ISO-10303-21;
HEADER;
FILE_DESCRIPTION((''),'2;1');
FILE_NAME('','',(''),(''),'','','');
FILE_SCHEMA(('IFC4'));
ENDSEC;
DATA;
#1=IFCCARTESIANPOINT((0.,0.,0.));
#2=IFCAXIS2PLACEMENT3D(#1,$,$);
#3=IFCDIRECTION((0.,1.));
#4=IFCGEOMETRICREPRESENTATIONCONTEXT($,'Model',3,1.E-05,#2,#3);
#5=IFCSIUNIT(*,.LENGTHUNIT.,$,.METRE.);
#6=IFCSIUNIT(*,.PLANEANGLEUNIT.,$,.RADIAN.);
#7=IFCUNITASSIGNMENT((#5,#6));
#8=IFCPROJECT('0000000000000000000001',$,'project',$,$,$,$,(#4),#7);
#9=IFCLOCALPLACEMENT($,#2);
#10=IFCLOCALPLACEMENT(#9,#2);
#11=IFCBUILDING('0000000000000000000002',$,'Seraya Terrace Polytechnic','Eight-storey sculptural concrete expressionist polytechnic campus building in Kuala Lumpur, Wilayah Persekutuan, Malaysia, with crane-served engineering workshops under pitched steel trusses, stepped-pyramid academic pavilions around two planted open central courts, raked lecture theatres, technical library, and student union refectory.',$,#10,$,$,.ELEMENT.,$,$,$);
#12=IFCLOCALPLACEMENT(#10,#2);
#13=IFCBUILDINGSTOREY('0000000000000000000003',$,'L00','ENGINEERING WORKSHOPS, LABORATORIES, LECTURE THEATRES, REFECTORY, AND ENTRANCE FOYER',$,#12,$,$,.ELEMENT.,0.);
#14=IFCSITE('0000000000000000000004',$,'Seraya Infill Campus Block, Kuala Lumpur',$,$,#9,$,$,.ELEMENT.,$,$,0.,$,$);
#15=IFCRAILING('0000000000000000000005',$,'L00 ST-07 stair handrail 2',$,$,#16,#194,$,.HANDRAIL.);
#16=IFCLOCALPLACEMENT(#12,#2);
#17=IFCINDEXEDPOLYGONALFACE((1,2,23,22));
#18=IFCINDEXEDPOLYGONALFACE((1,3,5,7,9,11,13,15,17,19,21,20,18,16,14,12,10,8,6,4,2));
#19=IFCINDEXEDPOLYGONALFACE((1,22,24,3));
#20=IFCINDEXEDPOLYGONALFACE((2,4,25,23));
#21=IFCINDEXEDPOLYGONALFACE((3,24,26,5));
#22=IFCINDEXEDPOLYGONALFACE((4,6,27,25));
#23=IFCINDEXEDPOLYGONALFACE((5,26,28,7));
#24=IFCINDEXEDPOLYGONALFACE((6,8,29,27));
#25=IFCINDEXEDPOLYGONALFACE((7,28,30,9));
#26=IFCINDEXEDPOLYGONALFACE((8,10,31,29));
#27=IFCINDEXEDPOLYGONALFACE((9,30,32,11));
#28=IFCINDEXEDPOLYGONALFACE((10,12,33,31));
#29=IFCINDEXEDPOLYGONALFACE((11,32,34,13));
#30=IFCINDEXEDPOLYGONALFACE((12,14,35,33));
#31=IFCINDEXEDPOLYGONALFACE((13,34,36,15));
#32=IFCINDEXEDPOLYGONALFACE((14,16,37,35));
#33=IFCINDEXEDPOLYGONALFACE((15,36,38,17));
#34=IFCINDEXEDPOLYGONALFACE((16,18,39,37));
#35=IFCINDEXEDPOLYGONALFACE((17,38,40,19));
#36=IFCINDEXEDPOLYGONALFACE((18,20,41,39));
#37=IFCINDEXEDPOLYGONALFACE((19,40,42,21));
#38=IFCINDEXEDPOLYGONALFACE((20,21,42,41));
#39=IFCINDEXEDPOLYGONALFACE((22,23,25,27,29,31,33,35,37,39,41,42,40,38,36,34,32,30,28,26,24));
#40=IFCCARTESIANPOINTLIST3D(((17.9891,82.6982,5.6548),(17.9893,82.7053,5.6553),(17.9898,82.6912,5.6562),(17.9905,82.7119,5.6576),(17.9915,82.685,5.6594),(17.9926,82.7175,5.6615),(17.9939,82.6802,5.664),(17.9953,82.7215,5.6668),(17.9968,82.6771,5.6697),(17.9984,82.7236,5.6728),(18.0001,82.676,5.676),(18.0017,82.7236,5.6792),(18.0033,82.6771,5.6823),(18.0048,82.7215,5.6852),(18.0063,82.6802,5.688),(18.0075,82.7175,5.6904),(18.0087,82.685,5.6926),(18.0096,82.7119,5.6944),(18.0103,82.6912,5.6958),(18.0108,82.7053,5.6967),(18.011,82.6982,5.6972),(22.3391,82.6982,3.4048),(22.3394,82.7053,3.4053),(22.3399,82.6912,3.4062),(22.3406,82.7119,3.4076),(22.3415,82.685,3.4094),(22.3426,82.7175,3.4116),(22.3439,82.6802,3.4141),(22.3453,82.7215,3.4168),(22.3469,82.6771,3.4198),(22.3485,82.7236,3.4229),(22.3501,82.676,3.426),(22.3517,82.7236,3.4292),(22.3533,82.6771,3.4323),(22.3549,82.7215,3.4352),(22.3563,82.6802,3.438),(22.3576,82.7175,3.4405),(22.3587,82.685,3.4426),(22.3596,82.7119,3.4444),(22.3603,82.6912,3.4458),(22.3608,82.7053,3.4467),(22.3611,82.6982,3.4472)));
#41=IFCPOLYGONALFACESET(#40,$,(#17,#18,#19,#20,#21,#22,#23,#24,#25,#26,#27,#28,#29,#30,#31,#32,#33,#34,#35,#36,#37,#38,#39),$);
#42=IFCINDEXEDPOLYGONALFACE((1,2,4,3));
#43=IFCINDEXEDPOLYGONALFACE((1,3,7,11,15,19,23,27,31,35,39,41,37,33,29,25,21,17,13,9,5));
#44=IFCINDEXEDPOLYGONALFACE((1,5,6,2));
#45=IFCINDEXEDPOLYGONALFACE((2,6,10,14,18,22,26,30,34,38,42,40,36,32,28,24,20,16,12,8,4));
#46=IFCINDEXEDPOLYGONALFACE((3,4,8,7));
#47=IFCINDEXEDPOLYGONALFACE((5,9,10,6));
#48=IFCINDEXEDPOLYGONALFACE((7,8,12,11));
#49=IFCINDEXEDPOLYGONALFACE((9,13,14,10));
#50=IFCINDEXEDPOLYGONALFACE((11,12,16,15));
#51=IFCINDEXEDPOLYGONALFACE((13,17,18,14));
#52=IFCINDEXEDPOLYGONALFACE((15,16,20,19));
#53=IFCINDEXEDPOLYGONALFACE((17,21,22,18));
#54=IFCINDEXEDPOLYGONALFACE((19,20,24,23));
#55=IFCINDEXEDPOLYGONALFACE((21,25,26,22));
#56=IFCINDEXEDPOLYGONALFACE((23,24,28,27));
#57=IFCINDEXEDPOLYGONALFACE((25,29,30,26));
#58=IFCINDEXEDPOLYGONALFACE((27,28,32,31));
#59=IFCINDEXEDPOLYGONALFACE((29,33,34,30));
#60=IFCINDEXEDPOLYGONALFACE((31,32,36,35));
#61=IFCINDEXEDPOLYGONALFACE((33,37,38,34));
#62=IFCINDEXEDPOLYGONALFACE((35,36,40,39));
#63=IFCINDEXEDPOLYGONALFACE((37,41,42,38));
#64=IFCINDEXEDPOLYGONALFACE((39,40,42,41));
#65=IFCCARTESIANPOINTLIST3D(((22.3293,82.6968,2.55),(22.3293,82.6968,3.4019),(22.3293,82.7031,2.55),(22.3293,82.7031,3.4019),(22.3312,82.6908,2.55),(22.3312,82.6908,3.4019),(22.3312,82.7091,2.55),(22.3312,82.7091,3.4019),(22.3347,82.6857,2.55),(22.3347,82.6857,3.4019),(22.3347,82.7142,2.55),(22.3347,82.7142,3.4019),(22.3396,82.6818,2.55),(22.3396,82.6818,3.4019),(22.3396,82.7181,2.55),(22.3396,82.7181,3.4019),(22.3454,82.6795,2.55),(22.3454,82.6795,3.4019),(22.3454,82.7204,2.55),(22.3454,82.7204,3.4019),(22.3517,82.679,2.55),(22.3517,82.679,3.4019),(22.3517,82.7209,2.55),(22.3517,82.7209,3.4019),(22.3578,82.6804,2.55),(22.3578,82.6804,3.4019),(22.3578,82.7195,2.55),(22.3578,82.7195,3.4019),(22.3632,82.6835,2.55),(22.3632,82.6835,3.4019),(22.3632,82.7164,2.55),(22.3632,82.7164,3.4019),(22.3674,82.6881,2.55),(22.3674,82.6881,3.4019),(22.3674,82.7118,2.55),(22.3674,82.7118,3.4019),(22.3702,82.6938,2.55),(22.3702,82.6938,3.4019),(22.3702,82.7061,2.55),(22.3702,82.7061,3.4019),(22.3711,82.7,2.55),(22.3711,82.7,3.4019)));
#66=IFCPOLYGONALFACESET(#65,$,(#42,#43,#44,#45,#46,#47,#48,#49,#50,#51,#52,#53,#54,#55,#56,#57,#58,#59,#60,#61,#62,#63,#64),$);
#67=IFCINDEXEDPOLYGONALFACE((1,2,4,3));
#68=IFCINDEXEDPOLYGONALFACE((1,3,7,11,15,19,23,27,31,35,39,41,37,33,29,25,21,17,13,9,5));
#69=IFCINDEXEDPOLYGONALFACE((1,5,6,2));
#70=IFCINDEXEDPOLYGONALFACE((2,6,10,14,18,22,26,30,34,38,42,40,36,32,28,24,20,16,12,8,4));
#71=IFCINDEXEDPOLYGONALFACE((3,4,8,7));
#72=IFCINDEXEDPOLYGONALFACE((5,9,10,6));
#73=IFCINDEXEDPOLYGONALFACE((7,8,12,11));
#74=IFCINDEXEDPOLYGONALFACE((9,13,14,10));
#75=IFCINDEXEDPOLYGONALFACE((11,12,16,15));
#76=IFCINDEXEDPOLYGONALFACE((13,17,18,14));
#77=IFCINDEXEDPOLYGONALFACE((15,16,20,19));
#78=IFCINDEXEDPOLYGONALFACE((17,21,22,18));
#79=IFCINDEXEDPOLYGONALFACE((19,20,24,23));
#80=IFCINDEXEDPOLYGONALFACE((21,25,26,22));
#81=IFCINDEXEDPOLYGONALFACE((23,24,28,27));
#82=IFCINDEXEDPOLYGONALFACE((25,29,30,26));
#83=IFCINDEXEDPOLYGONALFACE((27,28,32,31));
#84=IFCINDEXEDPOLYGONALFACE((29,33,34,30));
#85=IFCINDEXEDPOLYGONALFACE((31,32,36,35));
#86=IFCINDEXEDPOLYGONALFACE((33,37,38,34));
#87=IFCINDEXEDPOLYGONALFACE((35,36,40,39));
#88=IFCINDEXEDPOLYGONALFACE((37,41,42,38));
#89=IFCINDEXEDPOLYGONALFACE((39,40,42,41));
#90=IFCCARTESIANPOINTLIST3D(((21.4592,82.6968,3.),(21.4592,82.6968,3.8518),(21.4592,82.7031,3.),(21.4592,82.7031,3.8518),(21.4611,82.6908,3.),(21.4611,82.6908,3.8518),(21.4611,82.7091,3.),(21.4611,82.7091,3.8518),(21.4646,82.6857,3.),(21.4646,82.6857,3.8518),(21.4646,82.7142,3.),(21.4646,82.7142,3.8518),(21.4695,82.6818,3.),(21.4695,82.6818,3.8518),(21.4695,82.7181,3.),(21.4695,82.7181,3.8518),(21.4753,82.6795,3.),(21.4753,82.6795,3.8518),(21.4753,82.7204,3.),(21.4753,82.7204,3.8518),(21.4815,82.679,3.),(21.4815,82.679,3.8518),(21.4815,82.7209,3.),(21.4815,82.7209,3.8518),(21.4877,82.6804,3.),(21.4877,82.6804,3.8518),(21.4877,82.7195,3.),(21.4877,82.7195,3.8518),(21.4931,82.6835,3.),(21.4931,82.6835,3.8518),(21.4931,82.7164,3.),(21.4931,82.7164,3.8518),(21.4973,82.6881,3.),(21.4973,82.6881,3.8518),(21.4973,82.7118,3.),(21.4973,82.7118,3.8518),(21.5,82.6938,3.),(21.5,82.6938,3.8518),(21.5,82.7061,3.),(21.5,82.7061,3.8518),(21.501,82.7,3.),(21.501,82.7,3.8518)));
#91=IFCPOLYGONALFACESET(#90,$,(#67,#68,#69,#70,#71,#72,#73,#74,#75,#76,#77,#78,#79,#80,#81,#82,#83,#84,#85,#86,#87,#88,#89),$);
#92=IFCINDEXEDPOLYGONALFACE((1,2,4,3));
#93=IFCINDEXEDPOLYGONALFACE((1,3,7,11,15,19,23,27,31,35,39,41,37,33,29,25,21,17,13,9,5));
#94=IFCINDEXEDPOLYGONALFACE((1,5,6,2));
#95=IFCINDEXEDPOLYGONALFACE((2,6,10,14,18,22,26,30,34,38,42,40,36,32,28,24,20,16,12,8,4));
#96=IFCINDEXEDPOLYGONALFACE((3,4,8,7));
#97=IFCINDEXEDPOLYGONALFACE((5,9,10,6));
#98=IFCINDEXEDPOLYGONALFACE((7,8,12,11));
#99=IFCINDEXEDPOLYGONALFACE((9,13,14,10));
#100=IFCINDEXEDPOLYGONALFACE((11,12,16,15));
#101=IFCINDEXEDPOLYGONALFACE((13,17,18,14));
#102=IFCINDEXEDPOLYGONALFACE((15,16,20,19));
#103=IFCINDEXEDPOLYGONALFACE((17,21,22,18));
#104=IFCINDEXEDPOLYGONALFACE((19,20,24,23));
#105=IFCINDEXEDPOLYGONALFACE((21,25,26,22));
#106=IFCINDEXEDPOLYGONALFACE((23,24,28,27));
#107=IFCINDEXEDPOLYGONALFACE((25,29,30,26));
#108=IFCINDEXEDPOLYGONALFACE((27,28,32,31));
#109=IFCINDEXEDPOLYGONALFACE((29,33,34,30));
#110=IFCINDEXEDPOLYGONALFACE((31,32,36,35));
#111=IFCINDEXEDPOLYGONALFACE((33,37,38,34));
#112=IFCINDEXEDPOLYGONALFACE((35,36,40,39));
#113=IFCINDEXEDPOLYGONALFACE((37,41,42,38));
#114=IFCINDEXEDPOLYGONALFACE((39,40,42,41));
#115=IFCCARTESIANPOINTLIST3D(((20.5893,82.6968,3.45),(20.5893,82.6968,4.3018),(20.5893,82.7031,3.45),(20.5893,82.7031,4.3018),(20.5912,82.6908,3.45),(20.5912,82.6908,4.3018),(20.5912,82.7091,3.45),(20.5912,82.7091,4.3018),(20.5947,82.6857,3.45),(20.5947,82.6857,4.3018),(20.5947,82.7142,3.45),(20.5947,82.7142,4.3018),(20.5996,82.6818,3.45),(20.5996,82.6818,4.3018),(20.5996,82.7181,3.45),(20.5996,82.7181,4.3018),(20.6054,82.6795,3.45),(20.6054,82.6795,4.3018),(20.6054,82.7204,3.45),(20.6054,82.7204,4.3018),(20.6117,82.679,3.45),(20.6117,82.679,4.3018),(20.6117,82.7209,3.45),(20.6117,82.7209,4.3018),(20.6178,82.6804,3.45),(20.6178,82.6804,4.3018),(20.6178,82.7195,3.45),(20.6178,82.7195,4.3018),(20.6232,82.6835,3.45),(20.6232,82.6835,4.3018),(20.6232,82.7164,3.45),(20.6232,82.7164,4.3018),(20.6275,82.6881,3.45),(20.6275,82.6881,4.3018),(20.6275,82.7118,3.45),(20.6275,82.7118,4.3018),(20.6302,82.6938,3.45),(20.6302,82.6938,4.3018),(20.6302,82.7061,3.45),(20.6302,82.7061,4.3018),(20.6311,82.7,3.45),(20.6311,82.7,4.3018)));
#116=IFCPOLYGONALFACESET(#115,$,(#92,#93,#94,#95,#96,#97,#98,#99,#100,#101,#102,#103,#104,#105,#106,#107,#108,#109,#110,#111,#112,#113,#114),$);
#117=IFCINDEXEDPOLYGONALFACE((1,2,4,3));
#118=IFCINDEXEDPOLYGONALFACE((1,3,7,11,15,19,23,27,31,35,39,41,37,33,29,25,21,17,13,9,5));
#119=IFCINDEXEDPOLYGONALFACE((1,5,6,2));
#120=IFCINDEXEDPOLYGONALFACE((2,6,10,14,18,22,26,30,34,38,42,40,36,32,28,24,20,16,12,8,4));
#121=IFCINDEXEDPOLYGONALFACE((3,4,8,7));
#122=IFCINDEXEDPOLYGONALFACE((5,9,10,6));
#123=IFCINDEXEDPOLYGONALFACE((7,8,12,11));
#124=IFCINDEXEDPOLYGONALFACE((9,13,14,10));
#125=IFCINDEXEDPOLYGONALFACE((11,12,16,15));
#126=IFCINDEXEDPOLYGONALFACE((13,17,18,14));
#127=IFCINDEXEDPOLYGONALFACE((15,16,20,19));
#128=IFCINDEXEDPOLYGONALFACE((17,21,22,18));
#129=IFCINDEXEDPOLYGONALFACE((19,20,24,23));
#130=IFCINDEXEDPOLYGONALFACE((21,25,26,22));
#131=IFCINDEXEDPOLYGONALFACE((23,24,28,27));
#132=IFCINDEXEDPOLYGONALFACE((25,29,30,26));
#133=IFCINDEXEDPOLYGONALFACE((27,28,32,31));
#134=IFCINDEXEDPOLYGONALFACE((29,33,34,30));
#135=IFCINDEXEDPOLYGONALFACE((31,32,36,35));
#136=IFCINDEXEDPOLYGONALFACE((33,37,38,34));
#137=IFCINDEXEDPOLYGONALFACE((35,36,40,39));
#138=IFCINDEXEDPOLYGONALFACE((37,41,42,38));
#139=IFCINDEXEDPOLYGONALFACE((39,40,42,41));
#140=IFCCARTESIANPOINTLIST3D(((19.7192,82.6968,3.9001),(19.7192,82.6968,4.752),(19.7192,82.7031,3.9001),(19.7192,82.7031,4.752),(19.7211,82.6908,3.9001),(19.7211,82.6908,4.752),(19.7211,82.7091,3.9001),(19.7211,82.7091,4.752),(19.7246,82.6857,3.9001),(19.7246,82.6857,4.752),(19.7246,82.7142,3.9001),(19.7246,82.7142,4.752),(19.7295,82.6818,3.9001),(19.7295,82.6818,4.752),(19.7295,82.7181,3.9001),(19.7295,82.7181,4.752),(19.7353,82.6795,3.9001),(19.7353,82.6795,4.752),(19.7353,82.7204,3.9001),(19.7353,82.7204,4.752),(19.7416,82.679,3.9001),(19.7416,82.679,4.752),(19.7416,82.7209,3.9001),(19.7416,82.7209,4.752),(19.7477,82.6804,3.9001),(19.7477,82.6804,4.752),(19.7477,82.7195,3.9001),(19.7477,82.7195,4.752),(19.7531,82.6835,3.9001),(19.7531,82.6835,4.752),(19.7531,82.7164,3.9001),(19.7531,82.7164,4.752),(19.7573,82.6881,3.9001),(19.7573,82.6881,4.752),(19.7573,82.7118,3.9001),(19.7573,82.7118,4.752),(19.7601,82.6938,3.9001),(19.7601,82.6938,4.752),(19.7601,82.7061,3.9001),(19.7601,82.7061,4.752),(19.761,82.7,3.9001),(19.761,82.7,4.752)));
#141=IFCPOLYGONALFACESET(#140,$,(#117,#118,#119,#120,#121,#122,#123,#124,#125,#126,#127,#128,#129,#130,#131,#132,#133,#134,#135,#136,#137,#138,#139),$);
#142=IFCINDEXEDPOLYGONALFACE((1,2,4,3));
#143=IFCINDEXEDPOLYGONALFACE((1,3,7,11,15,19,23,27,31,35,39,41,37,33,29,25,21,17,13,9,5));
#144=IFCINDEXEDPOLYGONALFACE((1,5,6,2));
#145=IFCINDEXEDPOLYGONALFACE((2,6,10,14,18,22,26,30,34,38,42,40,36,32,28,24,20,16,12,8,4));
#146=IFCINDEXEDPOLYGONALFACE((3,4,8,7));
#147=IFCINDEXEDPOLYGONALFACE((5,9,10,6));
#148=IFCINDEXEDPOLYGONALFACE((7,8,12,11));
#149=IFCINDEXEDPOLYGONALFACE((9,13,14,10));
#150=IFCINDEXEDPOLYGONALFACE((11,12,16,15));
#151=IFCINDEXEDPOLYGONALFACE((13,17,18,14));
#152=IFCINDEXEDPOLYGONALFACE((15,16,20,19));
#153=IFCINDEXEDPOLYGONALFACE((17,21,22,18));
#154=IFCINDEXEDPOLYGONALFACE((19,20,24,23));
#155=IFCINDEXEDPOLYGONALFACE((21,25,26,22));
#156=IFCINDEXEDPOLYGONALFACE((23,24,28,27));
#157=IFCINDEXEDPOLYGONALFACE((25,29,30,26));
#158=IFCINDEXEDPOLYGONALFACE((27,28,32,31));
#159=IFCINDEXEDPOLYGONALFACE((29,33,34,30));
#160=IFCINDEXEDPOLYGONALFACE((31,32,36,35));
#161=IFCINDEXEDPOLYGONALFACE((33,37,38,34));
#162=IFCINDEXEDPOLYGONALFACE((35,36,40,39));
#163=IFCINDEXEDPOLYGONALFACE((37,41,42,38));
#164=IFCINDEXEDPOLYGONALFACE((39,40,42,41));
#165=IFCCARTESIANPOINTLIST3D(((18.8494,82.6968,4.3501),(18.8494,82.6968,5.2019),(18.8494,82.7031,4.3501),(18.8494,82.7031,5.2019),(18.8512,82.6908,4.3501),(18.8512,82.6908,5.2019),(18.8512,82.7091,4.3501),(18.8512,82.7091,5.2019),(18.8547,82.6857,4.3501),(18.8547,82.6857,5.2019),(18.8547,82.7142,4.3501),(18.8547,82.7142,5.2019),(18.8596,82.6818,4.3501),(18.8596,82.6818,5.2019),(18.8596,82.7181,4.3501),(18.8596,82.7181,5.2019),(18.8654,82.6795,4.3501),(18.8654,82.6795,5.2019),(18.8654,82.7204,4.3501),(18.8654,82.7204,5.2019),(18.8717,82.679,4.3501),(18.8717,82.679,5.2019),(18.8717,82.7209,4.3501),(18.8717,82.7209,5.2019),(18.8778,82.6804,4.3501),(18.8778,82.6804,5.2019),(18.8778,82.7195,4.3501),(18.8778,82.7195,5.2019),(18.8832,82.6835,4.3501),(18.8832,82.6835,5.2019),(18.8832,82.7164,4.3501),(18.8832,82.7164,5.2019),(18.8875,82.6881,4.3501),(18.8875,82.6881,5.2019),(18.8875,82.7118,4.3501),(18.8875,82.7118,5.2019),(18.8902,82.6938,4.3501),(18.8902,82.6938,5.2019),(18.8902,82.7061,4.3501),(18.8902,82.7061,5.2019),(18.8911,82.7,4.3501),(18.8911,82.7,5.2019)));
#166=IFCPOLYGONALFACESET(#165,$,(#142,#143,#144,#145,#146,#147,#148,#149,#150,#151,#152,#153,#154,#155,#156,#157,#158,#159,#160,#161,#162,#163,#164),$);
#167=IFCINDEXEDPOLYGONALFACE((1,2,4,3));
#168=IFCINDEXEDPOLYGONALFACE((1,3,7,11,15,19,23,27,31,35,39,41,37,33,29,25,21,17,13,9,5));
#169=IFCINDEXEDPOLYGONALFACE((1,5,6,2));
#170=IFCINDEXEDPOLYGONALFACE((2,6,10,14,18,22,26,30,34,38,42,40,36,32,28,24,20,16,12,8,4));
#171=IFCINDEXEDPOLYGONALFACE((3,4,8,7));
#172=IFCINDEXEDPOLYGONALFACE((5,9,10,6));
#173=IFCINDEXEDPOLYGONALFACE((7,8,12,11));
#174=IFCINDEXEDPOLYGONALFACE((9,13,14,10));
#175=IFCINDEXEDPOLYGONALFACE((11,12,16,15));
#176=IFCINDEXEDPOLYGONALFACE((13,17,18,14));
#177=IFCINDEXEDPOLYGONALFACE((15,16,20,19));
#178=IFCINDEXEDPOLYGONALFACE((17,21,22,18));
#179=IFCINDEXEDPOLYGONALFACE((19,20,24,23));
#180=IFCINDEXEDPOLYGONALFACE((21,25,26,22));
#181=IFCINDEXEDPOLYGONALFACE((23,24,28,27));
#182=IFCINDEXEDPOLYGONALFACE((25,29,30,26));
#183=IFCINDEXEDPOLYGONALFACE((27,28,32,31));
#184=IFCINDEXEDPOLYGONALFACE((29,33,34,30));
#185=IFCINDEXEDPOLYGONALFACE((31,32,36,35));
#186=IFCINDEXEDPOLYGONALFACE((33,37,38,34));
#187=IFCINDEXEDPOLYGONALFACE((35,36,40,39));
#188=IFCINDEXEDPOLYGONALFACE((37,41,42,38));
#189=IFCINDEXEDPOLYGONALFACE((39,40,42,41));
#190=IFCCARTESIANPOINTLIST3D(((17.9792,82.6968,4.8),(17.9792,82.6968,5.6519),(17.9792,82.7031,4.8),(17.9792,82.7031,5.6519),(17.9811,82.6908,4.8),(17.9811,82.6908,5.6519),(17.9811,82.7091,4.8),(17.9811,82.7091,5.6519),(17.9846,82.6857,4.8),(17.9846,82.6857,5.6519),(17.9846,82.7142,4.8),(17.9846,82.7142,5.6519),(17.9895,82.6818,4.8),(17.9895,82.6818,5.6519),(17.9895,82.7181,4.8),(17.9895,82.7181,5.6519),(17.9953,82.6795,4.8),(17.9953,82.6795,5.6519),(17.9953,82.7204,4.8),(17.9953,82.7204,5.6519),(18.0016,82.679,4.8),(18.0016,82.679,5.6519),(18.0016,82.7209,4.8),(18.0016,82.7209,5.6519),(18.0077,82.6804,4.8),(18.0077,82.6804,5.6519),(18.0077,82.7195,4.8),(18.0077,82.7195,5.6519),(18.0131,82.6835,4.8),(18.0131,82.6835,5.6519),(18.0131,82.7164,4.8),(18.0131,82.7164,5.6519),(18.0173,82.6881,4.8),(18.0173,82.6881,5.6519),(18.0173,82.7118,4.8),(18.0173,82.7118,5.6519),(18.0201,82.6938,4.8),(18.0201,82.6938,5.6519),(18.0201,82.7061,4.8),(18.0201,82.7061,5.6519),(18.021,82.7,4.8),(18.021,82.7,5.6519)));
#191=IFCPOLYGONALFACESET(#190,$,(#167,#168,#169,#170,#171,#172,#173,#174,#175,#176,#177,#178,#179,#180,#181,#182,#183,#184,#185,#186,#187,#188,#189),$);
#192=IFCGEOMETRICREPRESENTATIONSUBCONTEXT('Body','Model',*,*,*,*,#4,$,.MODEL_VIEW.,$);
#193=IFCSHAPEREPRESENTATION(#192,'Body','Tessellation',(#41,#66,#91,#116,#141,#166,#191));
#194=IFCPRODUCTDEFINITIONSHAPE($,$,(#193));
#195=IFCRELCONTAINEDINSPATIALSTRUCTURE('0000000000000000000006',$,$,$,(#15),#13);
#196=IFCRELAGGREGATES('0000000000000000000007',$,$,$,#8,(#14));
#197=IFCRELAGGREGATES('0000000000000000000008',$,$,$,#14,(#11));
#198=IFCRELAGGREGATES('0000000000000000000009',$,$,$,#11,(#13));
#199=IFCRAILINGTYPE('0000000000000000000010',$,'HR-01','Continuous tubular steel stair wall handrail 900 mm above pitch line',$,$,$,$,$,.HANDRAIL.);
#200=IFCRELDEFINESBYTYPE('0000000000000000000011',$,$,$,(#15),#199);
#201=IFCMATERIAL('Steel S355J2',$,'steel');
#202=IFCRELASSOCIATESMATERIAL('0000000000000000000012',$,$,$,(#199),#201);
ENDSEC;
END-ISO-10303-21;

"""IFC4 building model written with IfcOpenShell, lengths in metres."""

from ifc_helpers import new_model, si_unit, direction, frame, origin, origin_2d, place, context, subcontext, project, spatial, circle, extrude, material, type_object, element, save


model = new_model("IFC4")

# Units and contexts
model_context = context("Model", 3, precision=1e-05, world=origin(), true_north=direction((0.0, 1.0)))
body_context = subcontext(model_context, "Body", "Model", "MODEL_VIEW")
ifc_project = project(units=[si_unit("LENGTHUNIT", "METRE"), si_unit("PLANEANGLEUNIT", "RADIAN")], contexts=[model_context])

# Site, building, storey
site_placement = place(None, origin())
site = spatial("IfcSite", under=ifc_project, at=site_placement, Name="Seraya Infill Campus Block, Kuala Lumpur", CompositionType="ELEMENT", RefElevation=0.0)
building_placement = place(site_placement, origin())
building = spatial("IfcBuilding", under=site, at=building_placement, Name="Seraya Terrace Polytechnic", Description="Eight-storey sculptural concrete expressionist polytechnic campus building in Kuala Lumpur, Wilayah Persekutuan, Malaysia, with crane-served engineering workshops under pitched steel trusses, stepped-pyramid academic pavilions around two planted open central courts, raked lecture theatres, technical library, and student union refectory.", CompositionType="ELEMENT")
storey_placement = place(building_placement, origin())
storey = spatial("IfcBuildingStorey", under=building, at=storey_placement, Name="L00", Description="ENGINEERING WORKSHOPS, LABORATORIES, LECTURE THEATRES, REFECTORY, AND ENTRANCE FOYER", CompositionType="ELEMENT", Elevation=0.0)

# Shared definitions
ifc_material_1 = material(Name="Steel S355J2", Category="steel")

# Railing
railing_type_1 = type_object("IfcRailingType", Name="HR-01", Description="Continuous tubular steel stair wall handrail 900 mm above pitch line", PredefinedType="HANDRAIL", material=ifc_material_1)
railing_1_placement = place(storey_placement, frame((22.3501, 82.7, 2.55)))
element("IfcRailing", 1, at=railing_1_placement, inside=storey, type_object=railing_type_1, Name="L00 ST-07 stair handrail 2", PredefinedType="HANDRAIL", context=body_context, shape_type="SweptSolid", body=[
    extrude(circle(Radius=0.0239, at=origin_2d()), frame((0.0, 0.0, 0.876), z_axis=(-0.888222, 0.0, 0.459415), x_axis=(0.0, -1.0, 0.0)), (0.0, 0.0, 1.0), 4.8975),
    extrude(circle(Radius=0.021, at=origin_2d()), origin(), (0.0, 0.0, 1.0), 0.8518),
    extrude(circle(Radius=0.021, at=origin_2d()), frame((-0.8701, 0.0, 0.45)), (0.0, 0.0, 1.0), 0.8518),
    extrude(circle(Radius=0.021, at=origin_2d()), frame((-1.74, 0.0, 0.8999)), (0.0, 0.0, 1.0), 0.8518),
    extrude(circle(Radius=0.021, at=origin_2d()), frame((-2.6101, 0.0, 1.3501)), (0.0, 0.0, 1.0), 0.8518),
    extrude(circle(Radius=0.021, at=origin_2d()), frame((-3.48, 0.0, 1.8)), (0.0, 0.0, 1.0), 0.8518),
    extrude(circle(Radius=0.021, at=origin_2d()), frame((-4.3501, 0.0, 2.25)), (0.0, 0.0, 1.0), 0.8518),
])

save(model, "model.ifc")
